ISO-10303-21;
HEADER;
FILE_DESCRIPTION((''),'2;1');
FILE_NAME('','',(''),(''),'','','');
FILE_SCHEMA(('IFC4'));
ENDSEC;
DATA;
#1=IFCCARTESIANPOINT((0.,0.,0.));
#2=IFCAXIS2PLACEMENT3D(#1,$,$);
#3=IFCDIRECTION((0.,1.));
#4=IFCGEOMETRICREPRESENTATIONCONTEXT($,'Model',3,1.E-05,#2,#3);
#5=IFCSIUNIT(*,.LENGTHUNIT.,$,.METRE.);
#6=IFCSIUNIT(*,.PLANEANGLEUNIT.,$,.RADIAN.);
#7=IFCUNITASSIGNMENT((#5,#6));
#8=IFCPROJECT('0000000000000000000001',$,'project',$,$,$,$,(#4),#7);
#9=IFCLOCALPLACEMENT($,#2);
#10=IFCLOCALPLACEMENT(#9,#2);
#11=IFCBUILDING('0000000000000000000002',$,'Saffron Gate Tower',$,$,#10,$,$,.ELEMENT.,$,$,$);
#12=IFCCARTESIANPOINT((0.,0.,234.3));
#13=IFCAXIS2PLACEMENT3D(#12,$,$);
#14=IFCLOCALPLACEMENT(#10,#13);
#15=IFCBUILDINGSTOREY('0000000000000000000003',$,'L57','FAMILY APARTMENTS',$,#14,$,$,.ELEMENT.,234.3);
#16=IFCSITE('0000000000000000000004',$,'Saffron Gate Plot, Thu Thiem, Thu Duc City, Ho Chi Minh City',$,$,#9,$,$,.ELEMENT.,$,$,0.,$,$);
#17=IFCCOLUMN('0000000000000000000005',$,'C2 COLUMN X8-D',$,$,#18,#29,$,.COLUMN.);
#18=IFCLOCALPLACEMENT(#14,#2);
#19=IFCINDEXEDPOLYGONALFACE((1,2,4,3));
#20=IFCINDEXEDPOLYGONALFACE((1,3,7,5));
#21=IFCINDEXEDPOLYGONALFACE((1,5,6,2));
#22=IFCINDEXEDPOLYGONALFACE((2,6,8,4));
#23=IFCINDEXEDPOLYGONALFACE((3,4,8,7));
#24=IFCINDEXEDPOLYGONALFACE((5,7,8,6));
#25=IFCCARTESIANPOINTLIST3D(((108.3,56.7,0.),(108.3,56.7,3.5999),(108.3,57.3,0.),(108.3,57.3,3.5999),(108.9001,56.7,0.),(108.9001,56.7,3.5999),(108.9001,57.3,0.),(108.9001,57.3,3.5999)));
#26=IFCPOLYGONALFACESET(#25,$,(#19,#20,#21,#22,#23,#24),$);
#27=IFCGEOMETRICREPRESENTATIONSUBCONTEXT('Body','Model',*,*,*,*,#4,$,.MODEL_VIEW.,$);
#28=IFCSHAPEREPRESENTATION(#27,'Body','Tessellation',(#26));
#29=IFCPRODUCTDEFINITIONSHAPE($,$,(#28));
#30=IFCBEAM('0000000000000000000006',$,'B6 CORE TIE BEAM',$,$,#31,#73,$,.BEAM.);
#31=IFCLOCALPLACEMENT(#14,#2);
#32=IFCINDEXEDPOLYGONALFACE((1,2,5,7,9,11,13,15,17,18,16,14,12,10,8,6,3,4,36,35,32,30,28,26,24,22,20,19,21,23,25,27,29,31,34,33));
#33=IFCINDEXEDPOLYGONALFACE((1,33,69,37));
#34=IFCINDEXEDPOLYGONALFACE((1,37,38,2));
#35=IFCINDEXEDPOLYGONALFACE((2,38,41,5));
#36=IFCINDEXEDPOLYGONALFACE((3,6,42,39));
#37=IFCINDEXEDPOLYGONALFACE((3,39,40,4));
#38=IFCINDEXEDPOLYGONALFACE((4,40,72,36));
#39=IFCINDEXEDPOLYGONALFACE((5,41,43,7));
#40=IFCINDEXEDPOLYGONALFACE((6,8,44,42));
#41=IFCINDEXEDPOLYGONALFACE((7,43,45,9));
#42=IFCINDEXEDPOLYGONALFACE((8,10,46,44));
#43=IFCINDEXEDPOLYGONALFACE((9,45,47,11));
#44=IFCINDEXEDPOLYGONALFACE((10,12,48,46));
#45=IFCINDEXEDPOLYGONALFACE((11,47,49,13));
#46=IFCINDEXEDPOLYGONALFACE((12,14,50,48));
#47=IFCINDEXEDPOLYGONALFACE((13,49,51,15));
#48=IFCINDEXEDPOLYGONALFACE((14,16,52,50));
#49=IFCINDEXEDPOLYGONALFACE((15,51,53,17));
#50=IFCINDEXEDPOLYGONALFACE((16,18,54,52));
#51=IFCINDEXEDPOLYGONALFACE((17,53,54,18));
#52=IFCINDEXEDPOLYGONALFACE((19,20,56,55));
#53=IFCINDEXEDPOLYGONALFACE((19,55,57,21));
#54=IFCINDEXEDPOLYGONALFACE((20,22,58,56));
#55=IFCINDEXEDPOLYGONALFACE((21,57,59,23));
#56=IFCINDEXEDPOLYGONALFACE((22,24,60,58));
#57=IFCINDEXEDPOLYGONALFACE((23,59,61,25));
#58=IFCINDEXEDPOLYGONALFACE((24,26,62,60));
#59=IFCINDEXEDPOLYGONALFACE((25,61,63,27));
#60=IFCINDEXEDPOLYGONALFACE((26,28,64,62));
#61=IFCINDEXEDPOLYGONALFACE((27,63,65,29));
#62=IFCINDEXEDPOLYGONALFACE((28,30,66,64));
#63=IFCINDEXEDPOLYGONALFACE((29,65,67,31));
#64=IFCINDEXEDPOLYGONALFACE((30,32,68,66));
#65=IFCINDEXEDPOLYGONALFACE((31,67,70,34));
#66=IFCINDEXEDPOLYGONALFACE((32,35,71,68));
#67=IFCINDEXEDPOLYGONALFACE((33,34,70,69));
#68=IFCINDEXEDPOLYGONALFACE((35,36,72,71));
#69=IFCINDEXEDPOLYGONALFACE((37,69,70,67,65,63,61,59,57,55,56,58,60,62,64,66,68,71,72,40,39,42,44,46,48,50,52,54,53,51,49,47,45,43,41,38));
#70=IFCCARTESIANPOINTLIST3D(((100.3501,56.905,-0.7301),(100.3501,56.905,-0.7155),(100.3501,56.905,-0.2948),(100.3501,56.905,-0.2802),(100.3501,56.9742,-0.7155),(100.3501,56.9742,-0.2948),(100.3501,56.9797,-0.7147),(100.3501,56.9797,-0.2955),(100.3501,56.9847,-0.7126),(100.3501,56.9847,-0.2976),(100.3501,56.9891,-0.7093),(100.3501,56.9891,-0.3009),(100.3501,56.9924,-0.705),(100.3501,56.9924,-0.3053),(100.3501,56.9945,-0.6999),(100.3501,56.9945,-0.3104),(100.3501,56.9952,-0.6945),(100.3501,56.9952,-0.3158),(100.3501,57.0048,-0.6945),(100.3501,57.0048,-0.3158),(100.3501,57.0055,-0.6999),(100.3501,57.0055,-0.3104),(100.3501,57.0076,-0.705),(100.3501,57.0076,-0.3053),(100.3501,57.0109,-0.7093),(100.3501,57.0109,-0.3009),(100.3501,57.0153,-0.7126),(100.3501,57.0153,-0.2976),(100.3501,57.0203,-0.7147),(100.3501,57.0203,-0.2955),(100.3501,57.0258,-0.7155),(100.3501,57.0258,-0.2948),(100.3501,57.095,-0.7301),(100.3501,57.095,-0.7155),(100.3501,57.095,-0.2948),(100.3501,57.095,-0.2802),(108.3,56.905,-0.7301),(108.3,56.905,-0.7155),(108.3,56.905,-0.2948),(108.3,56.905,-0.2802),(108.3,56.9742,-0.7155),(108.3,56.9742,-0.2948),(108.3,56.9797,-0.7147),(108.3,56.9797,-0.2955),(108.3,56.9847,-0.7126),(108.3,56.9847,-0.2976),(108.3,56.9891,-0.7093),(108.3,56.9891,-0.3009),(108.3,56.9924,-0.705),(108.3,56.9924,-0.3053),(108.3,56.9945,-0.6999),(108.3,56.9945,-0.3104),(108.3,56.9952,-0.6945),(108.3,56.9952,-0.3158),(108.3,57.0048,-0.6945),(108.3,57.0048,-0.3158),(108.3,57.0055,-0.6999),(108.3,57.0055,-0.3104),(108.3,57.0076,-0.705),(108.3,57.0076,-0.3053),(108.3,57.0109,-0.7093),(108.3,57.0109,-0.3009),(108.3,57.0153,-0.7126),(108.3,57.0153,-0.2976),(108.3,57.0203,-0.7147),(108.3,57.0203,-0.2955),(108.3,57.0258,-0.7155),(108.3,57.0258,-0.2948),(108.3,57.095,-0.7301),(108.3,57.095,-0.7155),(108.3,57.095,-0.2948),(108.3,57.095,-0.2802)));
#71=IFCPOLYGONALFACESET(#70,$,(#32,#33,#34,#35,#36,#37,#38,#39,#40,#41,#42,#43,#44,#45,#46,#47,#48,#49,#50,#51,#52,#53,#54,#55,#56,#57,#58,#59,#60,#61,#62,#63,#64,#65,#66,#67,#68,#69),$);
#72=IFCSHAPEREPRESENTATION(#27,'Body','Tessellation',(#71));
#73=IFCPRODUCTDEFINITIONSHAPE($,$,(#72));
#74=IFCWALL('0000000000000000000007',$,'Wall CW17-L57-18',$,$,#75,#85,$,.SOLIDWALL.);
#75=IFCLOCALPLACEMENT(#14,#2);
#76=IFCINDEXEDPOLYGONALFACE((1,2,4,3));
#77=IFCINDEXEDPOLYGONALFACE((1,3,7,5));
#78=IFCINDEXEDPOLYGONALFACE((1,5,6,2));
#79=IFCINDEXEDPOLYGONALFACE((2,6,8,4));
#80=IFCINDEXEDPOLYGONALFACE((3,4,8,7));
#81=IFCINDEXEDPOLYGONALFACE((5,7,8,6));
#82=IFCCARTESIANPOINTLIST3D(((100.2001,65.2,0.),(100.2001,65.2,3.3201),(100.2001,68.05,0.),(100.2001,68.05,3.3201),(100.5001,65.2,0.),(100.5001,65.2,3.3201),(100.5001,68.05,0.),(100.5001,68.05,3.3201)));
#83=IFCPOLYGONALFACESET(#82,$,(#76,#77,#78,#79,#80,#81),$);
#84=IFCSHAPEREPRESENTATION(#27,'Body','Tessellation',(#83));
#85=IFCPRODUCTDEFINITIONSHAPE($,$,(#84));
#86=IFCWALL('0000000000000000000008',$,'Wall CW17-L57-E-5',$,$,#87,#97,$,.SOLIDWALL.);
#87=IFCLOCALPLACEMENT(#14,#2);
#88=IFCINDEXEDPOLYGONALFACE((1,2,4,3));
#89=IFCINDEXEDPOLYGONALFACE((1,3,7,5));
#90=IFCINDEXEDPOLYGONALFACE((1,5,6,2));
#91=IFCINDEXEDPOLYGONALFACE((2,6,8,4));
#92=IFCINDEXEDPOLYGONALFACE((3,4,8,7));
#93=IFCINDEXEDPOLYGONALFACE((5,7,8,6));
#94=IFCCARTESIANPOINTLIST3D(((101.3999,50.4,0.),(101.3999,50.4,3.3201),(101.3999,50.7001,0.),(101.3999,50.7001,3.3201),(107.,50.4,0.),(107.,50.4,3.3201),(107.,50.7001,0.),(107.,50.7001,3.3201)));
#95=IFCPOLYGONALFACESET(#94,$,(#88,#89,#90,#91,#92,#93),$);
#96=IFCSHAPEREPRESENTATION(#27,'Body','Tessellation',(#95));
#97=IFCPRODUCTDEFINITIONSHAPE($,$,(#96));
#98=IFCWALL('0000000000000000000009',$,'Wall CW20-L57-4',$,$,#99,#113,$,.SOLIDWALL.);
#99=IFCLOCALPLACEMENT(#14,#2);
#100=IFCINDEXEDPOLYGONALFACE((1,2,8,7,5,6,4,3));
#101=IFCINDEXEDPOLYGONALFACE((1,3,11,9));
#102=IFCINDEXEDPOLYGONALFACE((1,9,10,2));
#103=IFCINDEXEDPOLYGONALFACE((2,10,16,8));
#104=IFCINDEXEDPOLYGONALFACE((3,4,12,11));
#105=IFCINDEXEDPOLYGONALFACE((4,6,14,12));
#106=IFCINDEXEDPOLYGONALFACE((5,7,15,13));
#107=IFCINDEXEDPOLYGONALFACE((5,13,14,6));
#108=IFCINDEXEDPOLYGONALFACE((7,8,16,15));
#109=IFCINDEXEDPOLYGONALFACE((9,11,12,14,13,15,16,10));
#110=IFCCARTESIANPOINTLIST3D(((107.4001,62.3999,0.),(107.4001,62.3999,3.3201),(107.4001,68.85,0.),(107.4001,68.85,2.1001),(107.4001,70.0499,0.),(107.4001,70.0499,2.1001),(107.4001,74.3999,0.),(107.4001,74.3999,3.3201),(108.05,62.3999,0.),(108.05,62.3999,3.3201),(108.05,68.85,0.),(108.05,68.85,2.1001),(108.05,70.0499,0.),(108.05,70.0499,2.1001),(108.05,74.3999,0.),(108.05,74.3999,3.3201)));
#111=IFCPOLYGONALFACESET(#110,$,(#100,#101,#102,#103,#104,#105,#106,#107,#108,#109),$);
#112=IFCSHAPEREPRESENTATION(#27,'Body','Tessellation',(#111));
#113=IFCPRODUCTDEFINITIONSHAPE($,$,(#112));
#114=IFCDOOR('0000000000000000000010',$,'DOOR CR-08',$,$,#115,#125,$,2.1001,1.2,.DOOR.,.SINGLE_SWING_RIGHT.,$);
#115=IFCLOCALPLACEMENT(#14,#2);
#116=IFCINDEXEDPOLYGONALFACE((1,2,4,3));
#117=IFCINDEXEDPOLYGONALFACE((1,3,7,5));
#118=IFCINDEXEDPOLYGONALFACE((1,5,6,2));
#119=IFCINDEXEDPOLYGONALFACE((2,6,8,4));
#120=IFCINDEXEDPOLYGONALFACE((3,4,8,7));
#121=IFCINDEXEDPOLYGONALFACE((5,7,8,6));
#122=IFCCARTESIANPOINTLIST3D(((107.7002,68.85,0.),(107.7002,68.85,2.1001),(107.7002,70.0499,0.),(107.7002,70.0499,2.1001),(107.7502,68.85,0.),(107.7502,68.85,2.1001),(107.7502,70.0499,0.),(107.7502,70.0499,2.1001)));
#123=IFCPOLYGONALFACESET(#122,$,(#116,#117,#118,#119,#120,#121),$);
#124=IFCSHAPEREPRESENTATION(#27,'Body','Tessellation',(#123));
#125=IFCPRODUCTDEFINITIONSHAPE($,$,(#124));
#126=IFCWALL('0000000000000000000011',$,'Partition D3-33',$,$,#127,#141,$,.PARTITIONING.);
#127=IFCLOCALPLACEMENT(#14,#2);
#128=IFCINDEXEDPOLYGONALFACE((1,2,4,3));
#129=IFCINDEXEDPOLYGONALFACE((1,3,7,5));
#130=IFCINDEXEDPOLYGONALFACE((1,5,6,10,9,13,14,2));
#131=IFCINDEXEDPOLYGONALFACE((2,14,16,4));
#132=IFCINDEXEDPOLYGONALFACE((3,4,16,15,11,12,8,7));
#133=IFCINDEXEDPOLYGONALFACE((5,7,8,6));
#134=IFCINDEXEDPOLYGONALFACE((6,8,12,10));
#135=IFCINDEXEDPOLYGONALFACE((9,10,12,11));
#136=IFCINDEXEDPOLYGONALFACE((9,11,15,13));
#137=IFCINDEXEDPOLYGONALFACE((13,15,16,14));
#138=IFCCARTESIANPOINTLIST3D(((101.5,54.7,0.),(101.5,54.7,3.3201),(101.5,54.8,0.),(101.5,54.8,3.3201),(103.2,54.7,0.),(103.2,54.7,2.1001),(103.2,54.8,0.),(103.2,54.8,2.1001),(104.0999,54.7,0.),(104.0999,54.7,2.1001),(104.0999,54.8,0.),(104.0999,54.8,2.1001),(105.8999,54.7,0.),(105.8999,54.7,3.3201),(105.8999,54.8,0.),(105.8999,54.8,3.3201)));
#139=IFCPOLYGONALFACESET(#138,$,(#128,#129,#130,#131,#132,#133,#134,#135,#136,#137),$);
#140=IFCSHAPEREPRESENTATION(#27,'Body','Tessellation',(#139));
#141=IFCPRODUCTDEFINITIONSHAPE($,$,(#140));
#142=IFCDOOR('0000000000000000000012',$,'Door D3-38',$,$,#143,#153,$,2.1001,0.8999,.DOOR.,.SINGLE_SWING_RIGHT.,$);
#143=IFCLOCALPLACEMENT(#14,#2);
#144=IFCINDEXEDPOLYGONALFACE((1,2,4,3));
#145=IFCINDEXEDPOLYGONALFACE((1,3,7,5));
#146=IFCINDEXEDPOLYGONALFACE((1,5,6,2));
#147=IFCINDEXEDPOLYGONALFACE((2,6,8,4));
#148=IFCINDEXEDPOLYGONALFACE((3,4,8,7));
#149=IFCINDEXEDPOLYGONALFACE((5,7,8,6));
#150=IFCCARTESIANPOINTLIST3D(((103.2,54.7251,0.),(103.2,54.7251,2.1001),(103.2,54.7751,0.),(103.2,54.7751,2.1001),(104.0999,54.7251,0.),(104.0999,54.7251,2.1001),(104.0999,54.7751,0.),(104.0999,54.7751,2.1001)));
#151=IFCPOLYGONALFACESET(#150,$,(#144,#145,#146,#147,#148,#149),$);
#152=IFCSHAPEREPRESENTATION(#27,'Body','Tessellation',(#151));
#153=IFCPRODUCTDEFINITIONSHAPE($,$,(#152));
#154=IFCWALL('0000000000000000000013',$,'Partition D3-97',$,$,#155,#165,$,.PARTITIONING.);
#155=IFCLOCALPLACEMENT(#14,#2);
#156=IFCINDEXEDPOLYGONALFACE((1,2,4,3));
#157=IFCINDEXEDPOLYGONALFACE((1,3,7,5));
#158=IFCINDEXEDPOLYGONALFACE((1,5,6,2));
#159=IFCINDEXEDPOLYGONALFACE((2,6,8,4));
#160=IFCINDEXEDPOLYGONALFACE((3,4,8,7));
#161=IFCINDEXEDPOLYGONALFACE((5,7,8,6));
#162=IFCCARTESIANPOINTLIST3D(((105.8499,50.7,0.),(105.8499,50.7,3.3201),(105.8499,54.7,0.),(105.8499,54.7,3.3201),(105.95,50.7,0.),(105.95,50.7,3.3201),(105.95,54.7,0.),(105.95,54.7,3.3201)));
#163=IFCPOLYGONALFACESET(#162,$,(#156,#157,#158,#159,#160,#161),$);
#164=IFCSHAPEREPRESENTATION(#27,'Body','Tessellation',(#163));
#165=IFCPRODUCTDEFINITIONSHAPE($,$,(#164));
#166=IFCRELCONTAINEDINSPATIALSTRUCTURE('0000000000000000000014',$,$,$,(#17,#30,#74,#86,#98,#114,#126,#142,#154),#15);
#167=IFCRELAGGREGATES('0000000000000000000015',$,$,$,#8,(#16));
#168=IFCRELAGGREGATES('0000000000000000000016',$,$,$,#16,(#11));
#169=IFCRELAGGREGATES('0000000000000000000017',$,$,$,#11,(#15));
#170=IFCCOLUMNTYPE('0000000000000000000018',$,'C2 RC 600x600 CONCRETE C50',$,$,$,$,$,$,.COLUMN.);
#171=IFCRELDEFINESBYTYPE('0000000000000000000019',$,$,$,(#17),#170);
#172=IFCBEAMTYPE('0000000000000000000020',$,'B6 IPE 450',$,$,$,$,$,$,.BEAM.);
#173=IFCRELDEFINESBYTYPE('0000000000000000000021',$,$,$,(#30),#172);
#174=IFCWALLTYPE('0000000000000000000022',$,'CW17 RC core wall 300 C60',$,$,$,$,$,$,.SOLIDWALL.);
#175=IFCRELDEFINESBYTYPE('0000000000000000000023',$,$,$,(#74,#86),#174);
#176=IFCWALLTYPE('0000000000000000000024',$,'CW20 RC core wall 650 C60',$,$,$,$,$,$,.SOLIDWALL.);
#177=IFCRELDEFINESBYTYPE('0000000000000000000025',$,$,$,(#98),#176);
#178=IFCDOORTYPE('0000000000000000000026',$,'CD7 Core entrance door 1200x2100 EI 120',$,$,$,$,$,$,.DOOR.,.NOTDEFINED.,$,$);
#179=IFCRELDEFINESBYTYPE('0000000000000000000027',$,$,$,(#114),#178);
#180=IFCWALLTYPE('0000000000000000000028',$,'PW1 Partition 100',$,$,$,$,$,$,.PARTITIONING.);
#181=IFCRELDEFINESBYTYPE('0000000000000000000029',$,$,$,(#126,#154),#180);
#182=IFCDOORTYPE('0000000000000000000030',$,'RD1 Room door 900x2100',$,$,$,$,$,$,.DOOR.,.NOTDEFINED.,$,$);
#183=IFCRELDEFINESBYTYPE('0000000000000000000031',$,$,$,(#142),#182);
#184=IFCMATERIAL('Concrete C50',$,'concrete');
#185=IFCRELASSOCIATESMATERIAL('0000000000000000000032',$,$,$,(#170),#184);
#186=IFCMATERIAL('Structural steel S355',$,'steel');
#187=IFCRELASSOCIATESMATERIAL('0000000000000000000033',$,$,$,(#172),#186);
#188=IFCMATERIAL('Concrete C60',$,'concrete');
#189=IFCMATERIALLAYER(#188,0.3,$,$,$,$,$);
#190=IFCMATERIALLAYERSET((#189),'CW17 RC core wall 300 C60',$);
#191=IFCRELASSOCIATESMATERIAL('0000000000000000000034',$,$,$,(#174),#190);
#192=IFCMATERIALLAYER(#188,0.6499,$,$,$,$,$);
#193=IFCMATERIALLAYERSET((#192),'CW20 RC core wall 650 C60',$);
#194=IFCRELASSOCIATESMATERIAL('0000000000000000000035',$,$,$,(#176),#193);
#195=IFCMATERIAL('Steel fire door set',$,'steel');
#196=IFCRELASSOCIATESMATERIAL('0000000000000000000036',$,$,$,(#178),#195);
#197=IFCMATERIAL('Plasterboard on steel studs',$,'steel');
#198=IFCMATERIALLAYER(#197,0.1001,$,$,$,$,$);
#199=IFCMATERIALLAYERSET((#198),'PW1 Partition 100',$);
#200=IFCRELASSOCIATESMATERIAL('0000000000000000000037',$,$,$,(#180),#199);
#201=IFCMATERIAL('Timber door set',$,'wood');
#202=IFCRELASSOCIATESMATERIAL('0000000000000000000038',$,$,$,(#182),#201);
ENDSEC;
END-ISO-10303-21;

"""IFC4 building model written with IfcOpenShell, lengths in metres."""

from ifc_helpers import new_model, si_unit, direction, frame, frame_2d, origin, origin_2d, place, context, subcontext, project, spatial, rectangle, i_section, extrude, material, layer, layer_set, material_profile, profile_set, type_object, element, fill, save


model = new_model("IFC4")

# Units and contexts
model_context = context("Model", 3, precision=1e-05, world=origin(), true_north=direction((0.0, 1.0)))
body_context = subcontext(model_context, "Body", "Model", "MODEL_VIEW")
ifc_project = project(units=[si_unit("LENGTHUNIT", "METRE"), si_unit("PLANEANGLEUNIT", "RADIAN")], contexts=[model_context])

# Site, building, storey
site_placement = place(None, origin())
site = spatial("IfcSite", under=ifc_project, at=site_placement, Name="Saffron Gate Plot, Thu Thiem, Thu Duc City, Ho Chi Minh City", CompositionType="ELEMENT", RefElevation=0.0)
building_placement = place(site_placement, origin())
building = spatial("IfcBuilding", under=site, at=building_placement, Name="Saffron Gate Tower", CompositionType="ELEMENT")
storey_placement = place(building_placement, frame((0.0, 0.0, 234.3)))
storey = spatial("IfcBuildingStorey", under=building, at=storey_placement, Name="L57", Description="FAMILY APARTMENTS", CompositionType="ELEMENT", Elevation=234.3)

# Column
ifc_material_1 = material(Name="Concrete C50", Category="concrete")
ifc_material_profile_1 = material_profile(ifc_material_1, rectangle(XDim=0.6001, YDim=0.6001, at=origin_2d()))
ifc_profile_set_1 = profile_set([ifc_material_profile_1], Name="Concrete C50")
column_type = type_object("IfcColumnType", Name="C2 RC 600x600 CONCRETE C50", PredefinedType="COLUMN", material=ifc_profile_set_1)
column_placement = place(storey_placement, frame((108.6001, 57.0, 0.0), z_axis=(0.0, 0.0, 1.0), x_axis=(1.0, 0.0, 0.0)))
element("IfcColumn", 1, at=column_placement, inside=storey, type_object=column_type, Name="C2 COLUMN X8-D", PredefinedType="COLUMN", context=body_context, shape_type="SweptSolid", body=[
    extrude(rectangle(XDim=0.6001, YDim=0.6001, at=origin_2d()), origin(), (0.0, 0.0, 1.0), 3.5999),
])

# Beam
ifc_material_2 = material(Name="Structural steel S355", Category="steel")
ifc_material_profile_2 = material_profile(ifc_material_2, i_section(OverallWidth=0.1899, OverallDepth=0.45, WebThickness=0.0095, FlangeThickness=0.0146, FilletRadius=0.021, at=origin_2d()))
ifc_profile_set_2 = profile_set([ifc_material_profile_2], Name="Structural steel S355")
beam_type = type_object("IfcBeamType", Name="B6 IPE 450", PredefinedType="BEAM", material=ifc_profile_set_2)
beam_placement = place(storey_placement, frame((108.3, 57.0, -0.5051), z_axis=(-1.0, 0.0, 0.0), x_axis=(0.0, -1.0, 0.0)))
element("IfcBeam", 2, at=beam_placement, inside=storey, type_object=beam_type, Name="B6 CORE TIE BEAM", PredefinedType="BEAM", context=body_context, shape_type="SweptSolid", body=[
    extrude(i_section(OverallWidth=0.1899, OverallDepth=0.45, WebThickness=0.0095, FlangeThickness=0.0146, FilletRadius=0.021, at=origin_2d()), origin(), (0.0, 0.0, 1.0), 7.95),
])

# Walls
ifc_material_3 = material(Name="Concrete C60", Category="concrete")
ifc_layer_1 = layer(ifc_material_3, 0.3)
ifc_layer_set_1 = layer_set([ifc_layer_1], Name="CW17 RC core wall 300 C60")
wall_type_1 = type_object("IfcWallType", Name="CW17 RC core wall 300 C60", PredefinedType="SOLIDWALL", material=ifc_layer_set_1)
wall_1_placement = place(storey_placement, frame((100.3501, 65.2, 0.0), z_axis=(0.0, 0.0, 1.0), x_axis=(0.0, 1.0, 0.0)))
element("IfcWall", 3, at=wall_1_placement, inside=storey, type_object=wall_type_1, Name="Wall CW17-L57-18", PredefinedType="SOLIDWALL", context=body_context, shape_type="SweptSolid", body=[
    extrude(rectangle(XDim=2.8501, YDim=0.3, at=frame_2d((1.425, 0.0))), origin(), (0.0, 0.0, 1.0), 3.3201),
])
wall_2_placement = place(storey_placement, frame((101.3999, 50.55, 0.0), z_axis=(0.0, 0.0, 1.0), x_axis=(1.0, 0.0, 0.0)))
element("IfcWall", 4, at=wall_2_placement, inside=storey, type_object=wall_type_1, Name="Wall CW17-L57-E-5", PredefinedType="SOLIDWALL", context=body_context, shape_type="SweptSolid", body=[
    extrude(rectangle(XDim=5.6001, YDim=0.3, at=frame_2d((2.8, 0.0))), origin(), (0.0, 0.0, 1.0), 3.3201),
])

# Walls, openings, doors
ifc_layer_2 = layer(ifc_material_3, 0.6499)
ifc_layer_set_2 = layer_set([ifc_layer_2], Name="CW20 RC core wall 650 C60")
wall_type_2 = type_object("IfcWallType", Name="CW20 RC core wall 650 C60", PredefinedType="SOLIDWALL", material=ifc_layer_set_2)
wall_3_placement = place(storey_placement, frame((107.7251, 62.3999, 0.0), z_axis=(0.0, 0.0, 1.0), x_axis=(0.0, 1.0, 0.0)))
wall_3 = element("IfcWall", 5, at=wall_3_placement, inside=storey, type_object=wall_type_2, Name="Wall CW20-L57-4", PredefinedType="SOLIDWALL", context=body_context, shape_type="SweptSolid", body=[
    extrude(rectangle(XDim=12.0, YDim=0.6499, at=frame_2d((6.0, 0.0))), origin(), (0.0, 0.0, 1.0), 3.3201),
])
opening_1_placement = place(wall_3_placement, frame((6.45, 0.0, 0.0)))
opening_1 = element("IfcOpeningElement", 6, at=opening_1_placement, cuts=wall_3, PredefinedType="OPENING", context=body_context, shape_type="SweptSolid", body=[
    extrude(rectangle(XDim=1.2, YDim=2.1001, at=frame_2d((0.6001, 1.05))), frame((0.0, 0.335, 0.0), z_axis=(0.0, -1.0, 0.0), x_axis=(1.0, 0.0, 0.0)), (0.0, 0.0, 1.0), 0.6699),
])
ifc_material_4 = material(Name="Steel fire door set", Category="steel")
door_type_1 = type_object("IfcDoorType", Name="CD7 Core entrance door 1200x2100 EI 120", OperationType="NOTDEFINED", PredefinedType="DOOR", material=ifc_material_4)
door_1_placement = place(opening_1_placement, origin())
door_1 = element("IfcDoor", 7, at=door_1_placement, inside=storey, type_object=door_type_1, Name="DOOR CR-08", OperationType="SINGLE_SWING_RIGHT", OverallHeight=2.1001, OverallWidth=1.2, PredefinedType="DOOR", context=body_context, shape_type="SweptSolid", body=[
    extrude(rectangle(XDim=1.2, YDim=2.1001, at=frame_2d((0.6001, 1.05))), frame((0.0, 0.0249, 0.0), z_axis=(0.0, -1.0, 0.0), x_axis=(1.0, 0.0, 0.0)), (0.0, 0.0, 1.0), 0.05),
])
fill(opening_1, door_1)
ifc_material_5 = material(Name="Plasterboard on steel studs", Category="steel")
ifc_layer_3 = layer(ifc_material_5, 0.1001)
ifc_layer_set_3 = layer_set([ifc_layer_3], Name="PW1 Partition 100")
wall_type_3 = type_object("IfcWallType", Name="PW1 Partition 100", PredefinedType="PARTITIONING", material=ifc_layer_set_3)
wall_4_placement = place(storey_placement, frame((105.8999, 54.75, 0.0), z_axis=(0.0, 0.0, 1.0), x_axis=(-1.0, 0.0, 0.0)))
wall_4 = element("IfcWall", 8, at=wall_4_placement, inside=storey, type_object=wall_type_3, Name="Partition D3-33", PredefinedType="PARTITIONING", context=body_context, shape_type="SweptSolid", body=[
    extrude(rectangle(XDim=4.3999, YDim=0.1001, at=frame_2d((2.2, 0.0))), origin(), (0.0, 0.0, 1.0), 3.3201),
])
opening_2_placement = place(wall_4_placement, frame((1.8, 0.0, 0.0)))
opening_2 = element("IfcOpeningElement", 9, at=opening_2_placement, cuts=wall_4, PredefinedType="OPENING", context=body_context, shape_type="SweptSolid", body=[
    extrude(rectangle(XDim=0.8999, YDim=2.1001, at=frame_2d((0.45, 1.05))), frame((0.0, 0.0601, 0.0), z_axis=(0.0, -1.0, 0.0), x_axis=(1.0, 0.0, 0.0)), (0.0, 0.0, 1.0), 0.1201),
])
ifc_material_6 = material(Name="Timber door set", Category="wood")
door_type_2 = type_object("IfcDoorType", Name="RD1 Room door 900x2100", OperationType="NOTDEFINED", PredefinedType="DOOR", material=ifc_material_6)
door_2_placement = place(opening_2_placement, origin())
door_2 = element("IfcDoor", 10, at=door_2_placement, inside=storey, type_object=door_type_2, Name="Door D3-38", OperationType="SINGLE_SWING_RIGHT", OverallHeight=2.1001, OverallWidth=0.8999, PredefinedType="DOOR", context=body_context, shape_type="SweptSolid", body=[
    extrude(rectangle(XDim=0.8999, YDim=2.1001, at=frame_2d((0.45, 1.05))), frame((0.0, 0.0249, 0.0), z_axis=(0.0, -1.0, 0.0), x_axis=(1.0, 0.0, 0.0)), (0.0, 0.0, 1.0), 0.05),
])
fill(opening_2, door_2)

# Wall
wall_5_placement = place(storey_placement, frame((105.8999, 54.7, 0.0), z_axis=(0.0, 0.0, 1.0), x_axis=(0.0, -1.0, 0.0)))
element("IfcWall", 11, at=wall_5_placement, inside=storey, type_object=wall_type_3, Name="Partition D3-97", PredefinedType="PARTITIONING", context=body_context, shape_type="SweptSolid", body=[
    extrude(rectangle(XDim=4.0, YDim=0.1001, at=frame_2d((2.0, 0.0))), origin(), (0.0, 0.0, 1.0), 3.3201),
])

save(model, "model.ifc")
